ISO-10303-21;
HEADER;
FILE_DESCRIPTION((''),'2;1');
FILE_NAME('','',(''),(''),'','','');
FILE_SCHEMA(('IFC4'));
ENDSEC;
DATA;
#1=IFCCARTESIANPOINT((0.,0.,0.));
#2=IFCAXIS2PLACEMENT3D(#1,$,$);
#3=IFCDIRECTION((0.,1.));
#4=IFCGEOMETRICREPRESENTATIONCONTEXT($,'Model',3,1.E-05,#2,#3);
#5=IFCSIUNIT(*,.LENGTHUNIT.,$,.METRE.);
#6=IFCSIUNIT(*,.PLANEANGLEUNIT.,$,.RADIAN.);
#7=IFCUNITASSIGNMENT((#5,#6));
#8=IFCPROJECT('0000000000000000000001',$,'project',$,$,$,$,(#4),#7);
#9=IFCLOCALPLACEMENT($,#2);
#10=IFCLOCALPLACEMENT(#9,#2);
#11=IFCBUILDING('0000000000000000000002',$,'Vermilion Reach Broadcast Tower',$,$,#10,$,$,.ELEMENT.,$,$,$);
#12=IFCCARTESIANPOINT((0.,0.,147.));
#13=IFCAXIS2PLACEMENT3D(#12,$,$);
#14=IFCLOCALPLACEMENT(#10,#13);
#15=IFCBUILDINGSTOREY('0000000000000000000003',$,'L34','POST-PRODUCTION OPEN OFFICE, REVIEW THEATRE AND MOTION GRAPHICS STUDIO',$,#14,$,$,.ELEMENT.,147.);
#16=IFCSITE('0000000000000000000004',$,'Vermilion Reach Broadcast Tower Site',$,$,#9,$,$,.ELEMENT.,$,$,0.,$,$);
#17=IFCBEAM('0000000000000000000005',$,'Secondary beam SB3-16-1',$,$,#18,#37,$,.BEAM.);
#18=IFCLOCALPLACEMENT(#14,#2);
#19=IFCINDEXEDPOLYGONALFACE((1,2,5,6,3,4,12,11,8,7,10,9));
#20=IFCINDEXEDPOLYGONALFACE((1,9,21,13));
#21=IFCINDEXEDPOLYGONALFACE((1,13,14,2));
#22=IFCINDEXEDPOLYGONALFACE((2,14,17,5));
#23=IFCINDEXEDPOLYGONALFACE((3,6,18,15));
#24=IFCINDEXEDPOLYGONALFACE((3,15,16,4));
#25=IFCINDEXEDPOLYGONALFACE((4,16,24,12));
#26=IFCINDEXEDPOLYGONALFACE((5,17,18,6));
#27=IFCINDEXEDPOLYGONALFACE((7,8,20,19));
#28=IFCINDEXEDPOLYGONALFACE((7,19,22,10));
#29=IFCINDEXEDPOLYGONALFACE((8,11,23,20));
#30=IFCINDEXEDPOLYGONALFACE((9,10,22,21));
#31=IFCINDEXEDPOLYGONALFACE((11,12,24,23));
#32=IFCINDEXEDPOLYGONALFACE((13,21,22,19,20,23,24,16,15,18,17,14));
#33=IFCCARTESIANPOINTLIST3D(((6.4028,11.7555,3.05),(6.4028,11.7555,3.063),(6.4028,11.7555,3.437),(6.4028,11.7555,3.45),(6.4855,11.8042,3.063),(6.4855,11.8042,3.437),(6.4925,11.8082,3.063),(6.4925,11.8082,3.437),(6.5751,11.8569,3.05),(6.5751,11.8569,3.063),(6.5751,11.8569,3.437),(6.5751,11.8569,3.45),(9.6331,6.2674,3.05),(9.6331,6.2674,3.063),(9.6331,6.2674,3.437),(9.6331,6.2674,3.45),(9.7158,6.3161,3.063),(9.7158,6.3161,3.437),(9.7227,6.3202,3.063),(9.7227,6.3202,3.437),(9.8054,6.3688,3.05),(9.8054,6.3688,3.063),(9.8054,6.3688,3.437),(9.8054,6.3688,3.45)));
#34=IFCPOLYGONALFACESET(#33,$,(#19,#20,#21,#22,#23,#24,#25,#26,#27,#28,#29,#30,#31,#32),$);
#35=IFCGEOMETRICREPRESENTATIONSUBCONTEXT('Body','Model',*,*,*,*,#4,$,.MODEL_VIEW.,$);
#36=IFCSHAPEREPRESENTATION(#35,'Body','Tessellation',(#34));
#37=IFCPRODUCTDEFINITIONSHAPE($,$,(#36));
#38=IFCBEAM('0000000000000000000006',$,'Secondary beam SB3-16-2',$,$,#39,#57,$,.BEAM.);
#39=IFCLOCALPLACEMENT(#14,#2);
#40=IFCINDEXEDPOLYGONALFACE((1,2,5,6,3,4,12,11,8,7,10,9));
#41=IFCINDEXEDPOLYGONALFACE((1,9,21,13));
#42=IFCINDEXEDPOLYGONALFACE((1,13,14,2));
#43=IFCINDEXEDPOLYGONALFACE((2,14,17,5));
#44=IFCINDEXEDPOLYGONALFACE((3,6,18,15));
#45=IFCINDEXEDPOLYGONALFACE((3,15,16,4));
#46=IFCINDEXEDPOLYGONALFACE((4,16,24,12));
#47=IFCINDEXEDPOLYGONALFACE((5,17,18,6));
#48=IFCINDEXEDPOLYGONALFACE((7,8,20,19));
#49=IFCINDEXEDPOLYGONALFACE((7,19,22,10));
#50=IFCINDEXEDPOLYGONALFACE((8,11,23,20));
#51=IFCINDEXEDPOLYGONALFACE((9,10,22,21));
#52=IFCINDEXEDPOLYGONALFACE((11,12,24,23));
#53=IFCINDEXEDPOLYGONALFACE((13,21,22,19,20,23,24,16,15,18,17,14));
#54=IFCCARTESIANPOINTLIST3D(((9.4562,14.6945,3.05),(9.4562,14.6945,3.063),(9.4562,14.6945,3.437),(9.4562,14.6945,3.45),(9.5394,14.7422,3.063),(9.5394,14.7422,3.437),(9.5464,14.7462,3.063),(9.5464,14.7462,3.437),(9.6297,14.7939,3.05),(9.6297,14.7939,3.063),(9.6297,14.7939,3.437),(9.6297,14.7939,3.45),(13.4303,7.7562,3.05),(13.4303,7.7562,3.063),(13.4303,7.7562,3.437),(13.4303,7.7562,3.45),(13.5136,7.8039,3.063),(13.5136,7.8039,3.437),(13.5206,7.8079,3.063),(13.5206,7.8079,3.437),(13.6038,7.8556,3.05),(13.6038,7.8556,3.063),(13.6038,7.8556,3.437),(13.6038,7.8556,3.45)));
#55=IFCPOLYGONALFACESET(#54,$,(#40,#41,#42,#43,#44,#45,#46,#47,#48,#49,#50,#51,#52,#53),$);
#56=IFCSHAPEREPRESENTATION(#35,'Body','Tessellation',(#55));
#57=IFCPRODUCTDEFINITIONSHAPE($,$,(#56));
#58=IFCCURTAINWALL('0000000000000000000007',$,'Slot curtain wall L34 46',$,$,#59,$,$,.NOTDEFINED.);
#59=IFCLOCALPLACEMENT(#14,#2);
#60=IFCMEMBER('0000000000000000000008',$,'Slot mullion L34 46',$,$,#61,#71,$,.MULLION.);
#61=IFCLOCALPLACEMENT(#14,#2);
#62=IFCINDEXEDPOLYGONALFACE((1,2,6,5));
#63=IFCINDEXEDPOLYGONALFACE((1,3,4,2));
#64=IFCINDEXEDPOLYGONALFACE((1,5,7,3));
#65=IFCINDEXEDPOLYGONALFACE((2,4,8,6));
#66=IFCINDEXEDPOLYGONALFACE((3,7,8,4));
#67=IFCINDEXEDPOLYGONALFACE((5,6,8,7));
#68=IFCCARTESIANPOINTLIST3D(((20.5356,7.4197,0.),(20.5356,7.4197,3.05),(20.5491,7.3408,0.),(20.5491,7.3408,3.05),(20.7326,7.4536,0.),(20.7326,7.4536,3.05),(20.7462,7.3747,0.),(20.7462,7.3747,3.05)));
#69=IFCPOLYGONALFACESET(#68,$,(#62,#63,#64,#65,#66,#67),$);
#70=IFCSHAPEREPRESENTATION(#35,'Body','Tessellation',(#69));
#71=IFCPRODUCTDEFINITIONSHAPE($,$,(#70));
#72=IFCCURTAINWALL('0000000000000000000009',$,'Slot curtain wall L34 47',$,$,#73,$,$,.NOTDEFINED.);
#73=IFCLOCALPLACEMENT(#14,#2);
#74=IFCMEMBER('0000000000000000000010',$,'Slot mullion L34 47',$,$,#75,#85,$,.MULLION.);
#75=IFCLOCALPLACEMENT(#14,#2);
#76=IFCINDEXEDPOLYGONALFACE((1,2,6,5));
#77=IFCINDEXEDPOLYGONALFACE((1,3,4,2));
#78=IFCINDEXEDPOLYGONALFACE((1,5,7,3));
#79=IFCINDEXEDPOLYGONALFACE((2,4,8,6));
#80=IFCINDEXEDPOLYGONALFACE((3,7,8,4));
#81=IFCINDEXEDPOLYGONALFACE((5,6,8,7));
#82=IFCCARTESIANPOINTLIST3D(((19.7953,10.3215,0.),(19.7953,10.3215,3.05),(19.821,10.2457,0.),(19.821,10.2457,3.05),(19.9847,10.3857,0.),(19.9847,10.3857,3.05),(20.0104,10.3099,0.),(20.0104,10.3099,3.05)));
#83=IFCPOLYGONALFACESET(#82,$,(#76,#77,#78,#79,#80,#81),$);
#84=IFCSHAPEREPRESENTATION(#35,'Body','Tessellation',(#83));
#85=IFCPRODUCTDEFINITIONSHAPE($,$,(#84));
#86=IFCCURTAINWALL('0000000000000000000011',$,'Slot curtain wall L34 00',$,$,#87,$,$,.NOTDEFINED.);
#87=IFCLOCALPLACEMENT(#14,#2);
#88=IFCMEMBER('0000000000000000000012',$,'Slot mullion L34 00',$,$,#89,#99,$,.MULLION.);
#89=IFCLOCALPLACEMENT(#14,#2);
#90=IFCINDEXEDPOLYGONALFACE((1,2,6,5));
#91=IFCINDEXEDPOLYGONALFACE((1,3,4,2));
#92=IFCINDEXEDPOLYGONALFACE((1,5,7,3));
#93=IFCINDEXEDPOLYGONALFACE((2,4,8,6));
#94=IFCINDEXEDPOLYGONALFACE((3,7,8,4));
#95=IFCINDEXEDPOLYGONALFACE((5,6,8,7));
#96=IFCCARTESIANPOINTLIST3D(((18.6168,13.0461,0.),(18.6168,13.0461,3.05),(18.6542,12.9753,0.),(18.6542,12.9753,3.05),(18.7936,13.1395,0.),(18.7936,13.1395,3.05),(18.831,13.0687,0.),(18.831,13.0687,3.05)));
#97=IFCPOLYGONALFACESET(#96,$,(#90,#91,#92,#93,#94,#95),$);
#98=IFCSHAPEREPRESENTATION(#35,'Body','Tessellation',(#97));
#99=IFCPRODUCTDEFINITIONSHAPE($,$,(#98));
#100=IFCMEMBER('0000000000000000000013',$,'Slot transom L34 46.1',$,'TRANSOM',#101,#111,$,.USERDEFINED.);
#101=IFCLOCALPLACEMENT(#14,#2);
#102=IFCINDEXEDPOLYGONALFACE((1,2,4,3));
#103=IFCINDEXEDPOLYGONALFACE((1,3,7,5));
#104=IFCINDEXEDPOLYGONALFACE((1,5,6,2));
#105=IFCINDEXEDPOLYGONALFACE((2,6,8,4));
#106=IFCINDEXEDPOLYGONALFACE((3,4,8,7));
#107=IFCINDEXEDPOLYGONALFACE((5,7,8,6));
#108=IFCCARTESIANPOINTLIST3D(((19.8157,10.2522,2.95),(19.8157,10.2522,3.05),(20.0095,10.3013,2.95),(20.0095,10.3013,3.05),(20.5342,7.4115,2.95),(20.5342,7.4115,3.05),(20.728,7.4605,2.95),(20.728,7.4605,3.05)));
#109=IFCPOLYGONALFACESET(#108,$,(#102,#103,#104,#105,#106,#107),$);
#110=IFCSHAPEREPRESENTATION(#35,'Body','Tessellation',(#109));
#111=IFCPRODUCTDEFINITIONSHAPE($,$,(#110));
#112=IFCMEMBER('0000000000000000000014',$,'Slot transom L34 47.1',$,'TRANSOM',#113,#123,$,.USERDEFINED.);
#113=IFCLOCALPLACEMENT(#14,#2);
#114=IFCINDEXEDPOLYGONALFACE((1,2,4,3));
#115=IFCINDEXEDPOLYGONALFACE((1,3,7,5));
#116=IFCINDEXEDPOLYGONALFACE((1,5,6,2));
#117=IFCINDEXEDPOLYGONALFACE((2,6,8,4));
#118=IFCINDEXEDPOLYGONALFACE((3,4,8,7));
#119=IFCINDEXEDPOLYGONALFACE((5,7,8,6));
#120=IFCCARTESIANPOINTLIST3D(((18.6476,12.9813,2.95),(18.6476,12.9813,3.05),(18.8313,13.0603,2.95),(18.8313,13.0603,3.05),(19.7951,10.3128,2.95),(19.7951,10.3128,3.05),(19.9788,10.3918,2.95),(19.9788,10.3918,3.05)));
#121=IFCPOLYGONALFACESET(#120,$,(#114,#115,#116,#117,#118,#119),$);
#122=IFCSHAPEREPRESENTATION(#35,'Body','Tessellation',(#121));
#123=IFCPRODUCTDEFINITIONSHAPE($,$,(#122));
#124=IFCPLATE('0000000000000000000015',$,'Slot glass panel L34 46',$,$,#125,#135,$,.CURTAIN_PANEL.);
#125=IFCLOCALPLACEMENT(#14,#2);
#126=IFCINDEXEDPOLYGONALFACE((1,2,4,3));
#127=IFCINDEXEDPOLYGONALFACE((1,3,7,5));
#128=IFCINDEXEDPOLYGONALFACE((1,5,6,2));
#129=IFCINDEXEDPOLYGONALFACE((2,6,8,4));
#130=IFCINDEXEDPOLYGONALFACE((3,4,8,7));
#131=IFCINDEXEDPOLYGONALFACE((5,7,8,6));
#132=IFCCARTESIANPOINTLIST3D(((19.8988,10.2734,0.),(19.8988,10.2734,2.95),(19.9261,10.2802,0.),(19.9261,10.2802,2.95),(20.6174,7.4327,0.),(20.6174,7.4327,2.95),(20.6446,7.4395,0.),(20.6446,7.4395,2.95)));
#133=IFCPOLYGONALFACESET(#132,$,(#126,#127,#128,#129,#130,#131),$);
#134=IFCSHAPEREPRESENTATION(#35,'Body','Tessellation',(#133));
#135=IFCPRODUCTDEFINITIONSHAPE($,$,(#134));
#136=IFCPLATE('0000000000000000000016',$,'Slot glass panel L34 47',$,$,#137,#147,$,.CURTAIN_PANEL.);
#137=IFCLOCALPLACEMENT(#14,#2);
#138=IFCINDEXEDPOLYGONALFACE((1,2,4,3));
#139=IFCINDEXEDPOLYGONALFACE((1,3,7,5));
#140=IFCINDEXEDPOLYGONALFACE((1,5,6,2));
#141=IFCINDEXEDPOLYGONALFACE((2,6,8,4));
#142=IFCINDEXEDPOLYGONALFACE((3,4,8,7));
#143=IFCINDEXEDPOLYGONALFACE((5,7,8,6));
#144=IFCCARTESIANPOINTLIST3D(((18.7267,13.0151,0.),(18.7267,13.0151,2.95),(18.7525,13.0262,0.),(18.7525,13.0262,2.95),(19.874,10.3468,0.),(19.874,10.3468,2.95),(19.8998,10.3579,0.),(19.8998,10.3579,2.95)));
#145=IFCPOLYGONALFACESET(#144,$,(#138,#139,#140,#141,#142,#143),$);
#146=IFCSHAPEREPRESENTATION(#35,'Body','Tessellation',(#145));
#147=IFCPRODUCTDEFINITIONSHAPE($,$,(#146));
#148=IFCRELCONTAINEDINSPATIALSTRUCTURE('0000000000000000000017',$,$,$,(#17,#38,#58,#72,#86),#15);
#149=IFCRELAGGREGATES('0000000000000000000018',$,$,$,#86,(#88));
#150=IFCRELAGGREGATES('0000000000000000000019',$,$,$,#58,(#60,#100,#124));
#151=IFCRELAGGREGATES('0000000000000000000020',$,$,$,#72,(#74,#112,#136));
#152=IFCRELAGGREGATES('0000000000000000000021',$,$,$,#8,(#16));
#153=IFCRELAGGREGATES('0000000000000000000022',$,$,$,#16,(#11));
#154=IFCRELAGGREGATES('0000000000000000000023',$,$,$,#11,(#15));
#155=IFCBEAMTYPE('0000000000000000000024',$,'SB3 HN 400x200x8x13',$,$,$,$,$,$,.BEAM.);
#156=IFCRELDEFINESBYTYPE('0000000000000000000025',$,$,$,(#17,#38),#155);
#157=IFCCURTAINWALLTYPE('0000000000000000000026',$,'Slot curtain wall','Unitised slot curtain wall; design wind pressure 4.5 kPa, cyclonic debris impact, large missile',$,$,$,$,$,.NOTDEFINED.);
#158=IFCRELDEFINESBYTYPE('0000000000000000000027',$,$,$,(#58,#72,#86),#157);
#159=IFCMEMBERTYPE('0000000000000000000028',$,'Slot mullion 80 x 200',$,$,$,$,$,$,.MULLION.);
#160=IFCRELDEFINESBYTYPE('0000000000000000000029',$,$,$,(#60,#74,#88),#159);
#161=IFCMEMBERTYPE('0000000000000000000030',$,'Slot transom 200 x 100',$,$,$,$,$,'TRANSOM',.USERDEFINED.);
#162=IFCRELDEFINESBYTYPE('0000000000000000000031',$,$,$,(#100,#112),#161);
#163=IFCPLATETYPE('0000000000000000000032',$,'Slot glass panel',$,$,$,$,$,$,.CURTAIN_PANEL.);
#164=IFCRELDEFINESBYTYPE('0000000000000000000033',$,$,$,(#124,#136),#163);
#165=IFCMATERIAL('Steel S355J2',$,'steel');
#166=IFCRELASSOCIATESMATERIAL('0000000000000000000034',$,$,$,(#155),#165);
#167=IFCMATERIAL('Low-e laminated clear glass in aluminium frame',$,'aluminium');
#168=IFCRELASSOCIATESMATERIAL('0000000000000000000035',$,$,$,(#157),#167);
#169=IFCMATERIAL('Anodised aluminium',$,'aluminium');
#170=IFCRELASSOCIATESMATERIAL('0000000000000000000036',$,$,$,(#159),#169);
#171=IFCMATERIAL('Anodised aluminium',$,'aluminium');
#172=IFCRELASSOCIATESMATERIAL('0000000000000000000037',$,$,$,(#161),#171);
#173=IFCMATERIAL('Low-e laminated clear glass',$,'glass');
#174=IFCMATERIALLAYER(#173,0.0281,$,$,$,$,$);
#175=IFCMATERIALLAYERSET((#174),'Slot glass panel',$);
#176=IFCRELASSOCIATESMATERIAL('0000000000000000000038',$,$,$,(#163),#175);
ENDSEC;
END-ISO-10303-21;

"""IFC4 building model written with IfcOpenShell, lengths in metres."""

from ifc_helpers import new_model, si_unit, direction, frame, origin, origin_2d, place, context, subcontext, project, spatial, rectangle, i_section, extrude, material, layer, layer_set, material_profile, profile_set, type_object, element, aggregate, save


model = new_model("IFC4")

# Units and contexts
model_context = context("Model", 3, precision=1e-05, world=origin(), true_north=direction((0.0, 1.0)))
body_context = subcontext(model_context, "Body", "Model", "MODEL_VIEW")
ifc_project = project(units=[si_unit("LENGTHUNIT", "METRE"), si_unit("PLANEANGLEUNIT", "RADIAN")], contexts=[model_context])

# Site, building, storey
site_placement = place(None, origin())
site = spatial("IfcSite", under=ifc_project, at=site_placement, Name="Vermilion Reach Broadcast Tower Site", CompositionType="ELEMENT", RefElevation=0.0)
building_placement = place(site_placement, origin())
building = spatial("IfcBuilding", under=site, at=building_placement, Name="Vermilion Reach Broadcast Tower", CompositionType="ELEMENT")
storey_placement = place(building_placement, frame((0.0, 0.0, 147.0)))
storey = spatial("IfcBuildingStorey", under=building, at=storey_placement, Name="L34", Description="POST-PRODUCTION OPEN OFFICE, REVIEW THEATRE AND MOTION GRAPHICS STUDIO", CompositionType="ELEMENT", Elevation=147.0)

# Beams
ifc_material_1 = material(Name="Steel S355J2", Category="steel")
ifc_material_profile_1 = material_profile(ifc_material_1, i_section(OverallWidth=0.2, OverallDepth=0.3999, WebThickness=0.0081, FlangeThickness=0.0129, at=origin_2d()), Name="S355J2 HN 400x200x8x13")
ifc_profile_set_1 = profile_set([ifc_material_profile_1], Name="Steel S355J2")
beam_type_1 = type_object("IfcBeamType", Name="SB3 HN 400x200x8x13", PredefinedType="BEAM", material=ifc_profile_set_1)
beam_1_placement = place(storey_placement, frame((9.7192, 6.3181, 3.25), z_axis=(-0.50725, 0.861799, 0.0), x_axis=(-0.861799, -0.50725, 0.0)))
element("IfcBeam", 1, at=beam_1_placement, inside=storey, type_object=beam_type_1, Name="Secondary beam SB3-16-1", PredefinedType="BEAM", context=body_context, shape_type="SweptSolid", body=[
    extrude(i_section(OverallWidth=0.2, OverallDepth=0.3999, WebThickness=0.0081, FlangeThickness=0.0129, at=origin_2d()), origin(), (0.0, 0.0, 1.0), 6.3682),
])
beam_2_placement = place(storey_placement, frame((13.5171, 7.8059, 3.25), z_axis=(-0.497027, 0.867735, 0.0), x_axis=(-0.867735, -0.497027, 0.0)))
element("IfcBeam", 2, at=beam_2_placement, inside=storey, type_object=beam_type_1, Name="Secondary beam SB3-16-2", PredefinedType="BEAM", context=body_context, shape_type="SweptSolid", body=[
    extrude(i_section(OverallWidth=0.2, OverallDepth=0.3999, WebThickness=0.0081, FlangeThickness=0.0129, at=origin_2d()), origin(), (0.0, 0.0, 1.0), 7.9958),
])

# Curtain walls, members
ifc_material_2 = material(Name="Low-e laminated clear glass in aluminium frame", Category="aluminium")
curtain_wall_type = type_object("IfcCurtainWallType", Name="Slot curtain wall", Description="Unitised slot curtain wall; design wind pressure 4.5 kPa, cyclonic debris impact, large missile", PredefinedType="NOTDEFINED", material=ifc_material_2)
placement = place(storey_placement, origin())
curtain_wall_1 = element("IfcCurtainWall", 3, at=placement, inside=storey, type_object=curtain_wall_type, Name="Slot curtain wall L34 46", PredefinedType="NOTDEFINED")
ifc_material_3 = material(Name="Anodised aluminium", Category="aluminium")
ifc_material_profile_2 = material_profile(ifc_material_3, rectangle(XDim=0.2, YDim=0.0801, at=origin_2d()), Name="Slot mullion 80 x 200")
ifc_profile_set_2 = profile_set([ifc_material_profile_2], Name="Anodised aluminium")
member_type_1 = type_object("IfcMemberType", Name="Slot mullion 80 x 200", PredefinedType="MULLION", material=ifc_profile_set_2)
member_1_placement = place(storey_placement, frame((20.6409, 7.3972, 0.0), z_axis=(0.0, 0.0, 1.0), x_axis=(-0.985507, -0.169634, 0.0)))
member_1 = element("IfcMember", 4, at=member_1_placement, type_object=member_type_1, Name="Slot mullion L34 46", PredefinedType="MULLION", context=body_context, shape_type="SweptSolid", body=[
    extrude(rectangle(XDim=0.2, YDim=0.0801, at=origin_2d()), origin(), (0.0, 0.0, 1.0), 3.05),
])
curtain_wall_2 = element("IfcCurtainWall", 5, at=placement, inside=storey, type_object=curtain_wall_type, Name="Slot curtain wall L34 47", PredefinedType="NOTDEFINED")
member_2_placement = place(storey_placement, frame((19.9028, 10.3157, 0.0), z_axis=(0.0, 0.0, 1.0), x_axis=(-0.947036, -0.321127, 0.0)))
member_2 = element("IfcMember", 6, at=member_2_placement, type_object=member_type_1, Name="Slot mullion L34 47", PredefinedType="MULLION", context=body_context, shape_type="SweptSolid", body=[
    extrude(rectangle(XDim=0.2, YDim=0.0801, at=origin_2d()), origin(), (0.0, 0.0, 1.0), 3.05),
])
curtain_wall_3 = element("IfcCurtainWall", 7, at=placement, inside=storey, type_object=curtain_wall_type, Name="Slot curtain wall L34 00", PredefinedType="NOTDEFINED")
member_3_placement = place(storey_placement, frame((18.7239, 13.0574, 0.0), z_axis=(0.0, 0.0, 1.0), x_axis=(-0.884255, -0.467004, 0.0)))
member_3 = element("IfcMember", 8, at=member_3_placement, type_object=member_type_1, Name="Slot mullion L34 00", PredefinedType="MULLION", context=body_context, shape_type="SweptSolid", body=[
    extrude(rectangle(XDim=0.2, YDim=0.0801, at=origin_2d()), origin(), (0.0, 0.0, 1.0), 3.05),
])
aggregate(curtain_wall_3, [member_3])

# Members
ifc_material_4 = material(Name="Anodised aluminium", Category="aluminium")
ifc_material_profile_3 = material_profile(ifc_material_4, rectangle(XDim=0.2, YDim=0.1001, at=origin_2d()), Name="Slot transom 200 x 100")
ifc_profile_set_3 = profile_set([ifc_material_profile_3], Name="Anodised aluminium")
member_type_2 = type_object("IfcMemberType", Name="Slot transom 200 x 100", ElementType="TRANSOM", PredefinedType="USERDEFINED", material=ifc_profile_set_3)
member_4_placement = place(storey_placement, frame((20.6311, 7.436, 3.0), z_axis=(-0.245201, 0.969472, 0.0), x_axis=(-0.969472, -0.245201, 0.0)))
member_4 = element("IfcMember", 9, at=member_4_placement, type_object=member_type_2, Name="Slot transom L34 46.1", ObjectType="TRANSOM", PredefinedType="USERDEFINED", context=body_context, shape_type="SweptSolid", body=[
    extrude(rectangle(XDim=0.2, YDim=0.1001, at=origin_2d()), origin(), (0.0, 0.0, 1.0), 2.9302),
])
member_5_placement = place(storey_placement, frame((19.887, 10.3523, 3.0), z_axis=(-0.395035, 0.918666, 0.0), x_axis=(-0.918666, -0.395035, 0.0)))
member_5 = element("IfcMember", 10, at=member_5_placement, type_object=member_type_2, Name="Slot transom L34 47.1", ObjectType="TRANSOM", PredefinedType="USERDEFINED", context=body_context, shape_type="SweptSolid", body=[
    extrude(rectangle(XDim=0.2, YDim=0.1001, at=origin_2d()), origin(), (0.0, 0.0, 1.0), 2.9048),
])

# Plates
ifc_material_5 = material(Name="Low-e laminated clear glass", Category="glass")
ifc_layer_1 = layer(ifc_material_5, 0.0281)
ifc_layer_set_1 = layer_set([ifc_layer_1], Name="Slot glass panel")
plate_type = type_object("IfcPlateType", Name="Slot glass panel", PredefinedType="CURTAIN_PANEL", material=ifc_layer_set_1)
plate_1_placement = place(storey_placement, frame((20.2717, 8.8564, 0.0), z_axis=(0.0, 0.0, 1.0), x_axis=(-0.245231, 0.969465, 0.0)))
plate_1 = element("IfcPlate", 11, at=plate_1_placement, type_object=plate_type, Name="Slot glass panel L34 46", PredefinedType="CURTAIN_PANEL", context=body_context, shape_type="SweptSolid", body=[
    extrude(rectangle(XDim=2.9302, YDim=0.0281, at=origin_2d()), origin(), (0.0, 0.0, 1.0), 2.95),
])
aggregate(curtain_wall_1, [member_1, member_4, plate_1])
plate_2_placement = place(storey_placement, frame((19.3132, 11.6865, 0.0), z_axis=(0.0, 0.0, 1.0), x_axis=(-0.395013, 0.918676, 0.0)))
plate_2 = element("IfcPlate", 12, at=plate_2_placement, type_object=plate_type, Name="Slot glass panel L34 47", PredefinedType="CURTAIN_PANEL", context=body_context, shape_type="SweptSolid", body=[
    extrude(rectangle(XDim=2.9045, YDim=0.0281, at=origin_2d()), origin(), (0.0, 0.0, 1.0), 2.95),
])
aggregate(curtain_wall_2, [member_2, member_5, plate_2])

save(model, "model.ifc")
